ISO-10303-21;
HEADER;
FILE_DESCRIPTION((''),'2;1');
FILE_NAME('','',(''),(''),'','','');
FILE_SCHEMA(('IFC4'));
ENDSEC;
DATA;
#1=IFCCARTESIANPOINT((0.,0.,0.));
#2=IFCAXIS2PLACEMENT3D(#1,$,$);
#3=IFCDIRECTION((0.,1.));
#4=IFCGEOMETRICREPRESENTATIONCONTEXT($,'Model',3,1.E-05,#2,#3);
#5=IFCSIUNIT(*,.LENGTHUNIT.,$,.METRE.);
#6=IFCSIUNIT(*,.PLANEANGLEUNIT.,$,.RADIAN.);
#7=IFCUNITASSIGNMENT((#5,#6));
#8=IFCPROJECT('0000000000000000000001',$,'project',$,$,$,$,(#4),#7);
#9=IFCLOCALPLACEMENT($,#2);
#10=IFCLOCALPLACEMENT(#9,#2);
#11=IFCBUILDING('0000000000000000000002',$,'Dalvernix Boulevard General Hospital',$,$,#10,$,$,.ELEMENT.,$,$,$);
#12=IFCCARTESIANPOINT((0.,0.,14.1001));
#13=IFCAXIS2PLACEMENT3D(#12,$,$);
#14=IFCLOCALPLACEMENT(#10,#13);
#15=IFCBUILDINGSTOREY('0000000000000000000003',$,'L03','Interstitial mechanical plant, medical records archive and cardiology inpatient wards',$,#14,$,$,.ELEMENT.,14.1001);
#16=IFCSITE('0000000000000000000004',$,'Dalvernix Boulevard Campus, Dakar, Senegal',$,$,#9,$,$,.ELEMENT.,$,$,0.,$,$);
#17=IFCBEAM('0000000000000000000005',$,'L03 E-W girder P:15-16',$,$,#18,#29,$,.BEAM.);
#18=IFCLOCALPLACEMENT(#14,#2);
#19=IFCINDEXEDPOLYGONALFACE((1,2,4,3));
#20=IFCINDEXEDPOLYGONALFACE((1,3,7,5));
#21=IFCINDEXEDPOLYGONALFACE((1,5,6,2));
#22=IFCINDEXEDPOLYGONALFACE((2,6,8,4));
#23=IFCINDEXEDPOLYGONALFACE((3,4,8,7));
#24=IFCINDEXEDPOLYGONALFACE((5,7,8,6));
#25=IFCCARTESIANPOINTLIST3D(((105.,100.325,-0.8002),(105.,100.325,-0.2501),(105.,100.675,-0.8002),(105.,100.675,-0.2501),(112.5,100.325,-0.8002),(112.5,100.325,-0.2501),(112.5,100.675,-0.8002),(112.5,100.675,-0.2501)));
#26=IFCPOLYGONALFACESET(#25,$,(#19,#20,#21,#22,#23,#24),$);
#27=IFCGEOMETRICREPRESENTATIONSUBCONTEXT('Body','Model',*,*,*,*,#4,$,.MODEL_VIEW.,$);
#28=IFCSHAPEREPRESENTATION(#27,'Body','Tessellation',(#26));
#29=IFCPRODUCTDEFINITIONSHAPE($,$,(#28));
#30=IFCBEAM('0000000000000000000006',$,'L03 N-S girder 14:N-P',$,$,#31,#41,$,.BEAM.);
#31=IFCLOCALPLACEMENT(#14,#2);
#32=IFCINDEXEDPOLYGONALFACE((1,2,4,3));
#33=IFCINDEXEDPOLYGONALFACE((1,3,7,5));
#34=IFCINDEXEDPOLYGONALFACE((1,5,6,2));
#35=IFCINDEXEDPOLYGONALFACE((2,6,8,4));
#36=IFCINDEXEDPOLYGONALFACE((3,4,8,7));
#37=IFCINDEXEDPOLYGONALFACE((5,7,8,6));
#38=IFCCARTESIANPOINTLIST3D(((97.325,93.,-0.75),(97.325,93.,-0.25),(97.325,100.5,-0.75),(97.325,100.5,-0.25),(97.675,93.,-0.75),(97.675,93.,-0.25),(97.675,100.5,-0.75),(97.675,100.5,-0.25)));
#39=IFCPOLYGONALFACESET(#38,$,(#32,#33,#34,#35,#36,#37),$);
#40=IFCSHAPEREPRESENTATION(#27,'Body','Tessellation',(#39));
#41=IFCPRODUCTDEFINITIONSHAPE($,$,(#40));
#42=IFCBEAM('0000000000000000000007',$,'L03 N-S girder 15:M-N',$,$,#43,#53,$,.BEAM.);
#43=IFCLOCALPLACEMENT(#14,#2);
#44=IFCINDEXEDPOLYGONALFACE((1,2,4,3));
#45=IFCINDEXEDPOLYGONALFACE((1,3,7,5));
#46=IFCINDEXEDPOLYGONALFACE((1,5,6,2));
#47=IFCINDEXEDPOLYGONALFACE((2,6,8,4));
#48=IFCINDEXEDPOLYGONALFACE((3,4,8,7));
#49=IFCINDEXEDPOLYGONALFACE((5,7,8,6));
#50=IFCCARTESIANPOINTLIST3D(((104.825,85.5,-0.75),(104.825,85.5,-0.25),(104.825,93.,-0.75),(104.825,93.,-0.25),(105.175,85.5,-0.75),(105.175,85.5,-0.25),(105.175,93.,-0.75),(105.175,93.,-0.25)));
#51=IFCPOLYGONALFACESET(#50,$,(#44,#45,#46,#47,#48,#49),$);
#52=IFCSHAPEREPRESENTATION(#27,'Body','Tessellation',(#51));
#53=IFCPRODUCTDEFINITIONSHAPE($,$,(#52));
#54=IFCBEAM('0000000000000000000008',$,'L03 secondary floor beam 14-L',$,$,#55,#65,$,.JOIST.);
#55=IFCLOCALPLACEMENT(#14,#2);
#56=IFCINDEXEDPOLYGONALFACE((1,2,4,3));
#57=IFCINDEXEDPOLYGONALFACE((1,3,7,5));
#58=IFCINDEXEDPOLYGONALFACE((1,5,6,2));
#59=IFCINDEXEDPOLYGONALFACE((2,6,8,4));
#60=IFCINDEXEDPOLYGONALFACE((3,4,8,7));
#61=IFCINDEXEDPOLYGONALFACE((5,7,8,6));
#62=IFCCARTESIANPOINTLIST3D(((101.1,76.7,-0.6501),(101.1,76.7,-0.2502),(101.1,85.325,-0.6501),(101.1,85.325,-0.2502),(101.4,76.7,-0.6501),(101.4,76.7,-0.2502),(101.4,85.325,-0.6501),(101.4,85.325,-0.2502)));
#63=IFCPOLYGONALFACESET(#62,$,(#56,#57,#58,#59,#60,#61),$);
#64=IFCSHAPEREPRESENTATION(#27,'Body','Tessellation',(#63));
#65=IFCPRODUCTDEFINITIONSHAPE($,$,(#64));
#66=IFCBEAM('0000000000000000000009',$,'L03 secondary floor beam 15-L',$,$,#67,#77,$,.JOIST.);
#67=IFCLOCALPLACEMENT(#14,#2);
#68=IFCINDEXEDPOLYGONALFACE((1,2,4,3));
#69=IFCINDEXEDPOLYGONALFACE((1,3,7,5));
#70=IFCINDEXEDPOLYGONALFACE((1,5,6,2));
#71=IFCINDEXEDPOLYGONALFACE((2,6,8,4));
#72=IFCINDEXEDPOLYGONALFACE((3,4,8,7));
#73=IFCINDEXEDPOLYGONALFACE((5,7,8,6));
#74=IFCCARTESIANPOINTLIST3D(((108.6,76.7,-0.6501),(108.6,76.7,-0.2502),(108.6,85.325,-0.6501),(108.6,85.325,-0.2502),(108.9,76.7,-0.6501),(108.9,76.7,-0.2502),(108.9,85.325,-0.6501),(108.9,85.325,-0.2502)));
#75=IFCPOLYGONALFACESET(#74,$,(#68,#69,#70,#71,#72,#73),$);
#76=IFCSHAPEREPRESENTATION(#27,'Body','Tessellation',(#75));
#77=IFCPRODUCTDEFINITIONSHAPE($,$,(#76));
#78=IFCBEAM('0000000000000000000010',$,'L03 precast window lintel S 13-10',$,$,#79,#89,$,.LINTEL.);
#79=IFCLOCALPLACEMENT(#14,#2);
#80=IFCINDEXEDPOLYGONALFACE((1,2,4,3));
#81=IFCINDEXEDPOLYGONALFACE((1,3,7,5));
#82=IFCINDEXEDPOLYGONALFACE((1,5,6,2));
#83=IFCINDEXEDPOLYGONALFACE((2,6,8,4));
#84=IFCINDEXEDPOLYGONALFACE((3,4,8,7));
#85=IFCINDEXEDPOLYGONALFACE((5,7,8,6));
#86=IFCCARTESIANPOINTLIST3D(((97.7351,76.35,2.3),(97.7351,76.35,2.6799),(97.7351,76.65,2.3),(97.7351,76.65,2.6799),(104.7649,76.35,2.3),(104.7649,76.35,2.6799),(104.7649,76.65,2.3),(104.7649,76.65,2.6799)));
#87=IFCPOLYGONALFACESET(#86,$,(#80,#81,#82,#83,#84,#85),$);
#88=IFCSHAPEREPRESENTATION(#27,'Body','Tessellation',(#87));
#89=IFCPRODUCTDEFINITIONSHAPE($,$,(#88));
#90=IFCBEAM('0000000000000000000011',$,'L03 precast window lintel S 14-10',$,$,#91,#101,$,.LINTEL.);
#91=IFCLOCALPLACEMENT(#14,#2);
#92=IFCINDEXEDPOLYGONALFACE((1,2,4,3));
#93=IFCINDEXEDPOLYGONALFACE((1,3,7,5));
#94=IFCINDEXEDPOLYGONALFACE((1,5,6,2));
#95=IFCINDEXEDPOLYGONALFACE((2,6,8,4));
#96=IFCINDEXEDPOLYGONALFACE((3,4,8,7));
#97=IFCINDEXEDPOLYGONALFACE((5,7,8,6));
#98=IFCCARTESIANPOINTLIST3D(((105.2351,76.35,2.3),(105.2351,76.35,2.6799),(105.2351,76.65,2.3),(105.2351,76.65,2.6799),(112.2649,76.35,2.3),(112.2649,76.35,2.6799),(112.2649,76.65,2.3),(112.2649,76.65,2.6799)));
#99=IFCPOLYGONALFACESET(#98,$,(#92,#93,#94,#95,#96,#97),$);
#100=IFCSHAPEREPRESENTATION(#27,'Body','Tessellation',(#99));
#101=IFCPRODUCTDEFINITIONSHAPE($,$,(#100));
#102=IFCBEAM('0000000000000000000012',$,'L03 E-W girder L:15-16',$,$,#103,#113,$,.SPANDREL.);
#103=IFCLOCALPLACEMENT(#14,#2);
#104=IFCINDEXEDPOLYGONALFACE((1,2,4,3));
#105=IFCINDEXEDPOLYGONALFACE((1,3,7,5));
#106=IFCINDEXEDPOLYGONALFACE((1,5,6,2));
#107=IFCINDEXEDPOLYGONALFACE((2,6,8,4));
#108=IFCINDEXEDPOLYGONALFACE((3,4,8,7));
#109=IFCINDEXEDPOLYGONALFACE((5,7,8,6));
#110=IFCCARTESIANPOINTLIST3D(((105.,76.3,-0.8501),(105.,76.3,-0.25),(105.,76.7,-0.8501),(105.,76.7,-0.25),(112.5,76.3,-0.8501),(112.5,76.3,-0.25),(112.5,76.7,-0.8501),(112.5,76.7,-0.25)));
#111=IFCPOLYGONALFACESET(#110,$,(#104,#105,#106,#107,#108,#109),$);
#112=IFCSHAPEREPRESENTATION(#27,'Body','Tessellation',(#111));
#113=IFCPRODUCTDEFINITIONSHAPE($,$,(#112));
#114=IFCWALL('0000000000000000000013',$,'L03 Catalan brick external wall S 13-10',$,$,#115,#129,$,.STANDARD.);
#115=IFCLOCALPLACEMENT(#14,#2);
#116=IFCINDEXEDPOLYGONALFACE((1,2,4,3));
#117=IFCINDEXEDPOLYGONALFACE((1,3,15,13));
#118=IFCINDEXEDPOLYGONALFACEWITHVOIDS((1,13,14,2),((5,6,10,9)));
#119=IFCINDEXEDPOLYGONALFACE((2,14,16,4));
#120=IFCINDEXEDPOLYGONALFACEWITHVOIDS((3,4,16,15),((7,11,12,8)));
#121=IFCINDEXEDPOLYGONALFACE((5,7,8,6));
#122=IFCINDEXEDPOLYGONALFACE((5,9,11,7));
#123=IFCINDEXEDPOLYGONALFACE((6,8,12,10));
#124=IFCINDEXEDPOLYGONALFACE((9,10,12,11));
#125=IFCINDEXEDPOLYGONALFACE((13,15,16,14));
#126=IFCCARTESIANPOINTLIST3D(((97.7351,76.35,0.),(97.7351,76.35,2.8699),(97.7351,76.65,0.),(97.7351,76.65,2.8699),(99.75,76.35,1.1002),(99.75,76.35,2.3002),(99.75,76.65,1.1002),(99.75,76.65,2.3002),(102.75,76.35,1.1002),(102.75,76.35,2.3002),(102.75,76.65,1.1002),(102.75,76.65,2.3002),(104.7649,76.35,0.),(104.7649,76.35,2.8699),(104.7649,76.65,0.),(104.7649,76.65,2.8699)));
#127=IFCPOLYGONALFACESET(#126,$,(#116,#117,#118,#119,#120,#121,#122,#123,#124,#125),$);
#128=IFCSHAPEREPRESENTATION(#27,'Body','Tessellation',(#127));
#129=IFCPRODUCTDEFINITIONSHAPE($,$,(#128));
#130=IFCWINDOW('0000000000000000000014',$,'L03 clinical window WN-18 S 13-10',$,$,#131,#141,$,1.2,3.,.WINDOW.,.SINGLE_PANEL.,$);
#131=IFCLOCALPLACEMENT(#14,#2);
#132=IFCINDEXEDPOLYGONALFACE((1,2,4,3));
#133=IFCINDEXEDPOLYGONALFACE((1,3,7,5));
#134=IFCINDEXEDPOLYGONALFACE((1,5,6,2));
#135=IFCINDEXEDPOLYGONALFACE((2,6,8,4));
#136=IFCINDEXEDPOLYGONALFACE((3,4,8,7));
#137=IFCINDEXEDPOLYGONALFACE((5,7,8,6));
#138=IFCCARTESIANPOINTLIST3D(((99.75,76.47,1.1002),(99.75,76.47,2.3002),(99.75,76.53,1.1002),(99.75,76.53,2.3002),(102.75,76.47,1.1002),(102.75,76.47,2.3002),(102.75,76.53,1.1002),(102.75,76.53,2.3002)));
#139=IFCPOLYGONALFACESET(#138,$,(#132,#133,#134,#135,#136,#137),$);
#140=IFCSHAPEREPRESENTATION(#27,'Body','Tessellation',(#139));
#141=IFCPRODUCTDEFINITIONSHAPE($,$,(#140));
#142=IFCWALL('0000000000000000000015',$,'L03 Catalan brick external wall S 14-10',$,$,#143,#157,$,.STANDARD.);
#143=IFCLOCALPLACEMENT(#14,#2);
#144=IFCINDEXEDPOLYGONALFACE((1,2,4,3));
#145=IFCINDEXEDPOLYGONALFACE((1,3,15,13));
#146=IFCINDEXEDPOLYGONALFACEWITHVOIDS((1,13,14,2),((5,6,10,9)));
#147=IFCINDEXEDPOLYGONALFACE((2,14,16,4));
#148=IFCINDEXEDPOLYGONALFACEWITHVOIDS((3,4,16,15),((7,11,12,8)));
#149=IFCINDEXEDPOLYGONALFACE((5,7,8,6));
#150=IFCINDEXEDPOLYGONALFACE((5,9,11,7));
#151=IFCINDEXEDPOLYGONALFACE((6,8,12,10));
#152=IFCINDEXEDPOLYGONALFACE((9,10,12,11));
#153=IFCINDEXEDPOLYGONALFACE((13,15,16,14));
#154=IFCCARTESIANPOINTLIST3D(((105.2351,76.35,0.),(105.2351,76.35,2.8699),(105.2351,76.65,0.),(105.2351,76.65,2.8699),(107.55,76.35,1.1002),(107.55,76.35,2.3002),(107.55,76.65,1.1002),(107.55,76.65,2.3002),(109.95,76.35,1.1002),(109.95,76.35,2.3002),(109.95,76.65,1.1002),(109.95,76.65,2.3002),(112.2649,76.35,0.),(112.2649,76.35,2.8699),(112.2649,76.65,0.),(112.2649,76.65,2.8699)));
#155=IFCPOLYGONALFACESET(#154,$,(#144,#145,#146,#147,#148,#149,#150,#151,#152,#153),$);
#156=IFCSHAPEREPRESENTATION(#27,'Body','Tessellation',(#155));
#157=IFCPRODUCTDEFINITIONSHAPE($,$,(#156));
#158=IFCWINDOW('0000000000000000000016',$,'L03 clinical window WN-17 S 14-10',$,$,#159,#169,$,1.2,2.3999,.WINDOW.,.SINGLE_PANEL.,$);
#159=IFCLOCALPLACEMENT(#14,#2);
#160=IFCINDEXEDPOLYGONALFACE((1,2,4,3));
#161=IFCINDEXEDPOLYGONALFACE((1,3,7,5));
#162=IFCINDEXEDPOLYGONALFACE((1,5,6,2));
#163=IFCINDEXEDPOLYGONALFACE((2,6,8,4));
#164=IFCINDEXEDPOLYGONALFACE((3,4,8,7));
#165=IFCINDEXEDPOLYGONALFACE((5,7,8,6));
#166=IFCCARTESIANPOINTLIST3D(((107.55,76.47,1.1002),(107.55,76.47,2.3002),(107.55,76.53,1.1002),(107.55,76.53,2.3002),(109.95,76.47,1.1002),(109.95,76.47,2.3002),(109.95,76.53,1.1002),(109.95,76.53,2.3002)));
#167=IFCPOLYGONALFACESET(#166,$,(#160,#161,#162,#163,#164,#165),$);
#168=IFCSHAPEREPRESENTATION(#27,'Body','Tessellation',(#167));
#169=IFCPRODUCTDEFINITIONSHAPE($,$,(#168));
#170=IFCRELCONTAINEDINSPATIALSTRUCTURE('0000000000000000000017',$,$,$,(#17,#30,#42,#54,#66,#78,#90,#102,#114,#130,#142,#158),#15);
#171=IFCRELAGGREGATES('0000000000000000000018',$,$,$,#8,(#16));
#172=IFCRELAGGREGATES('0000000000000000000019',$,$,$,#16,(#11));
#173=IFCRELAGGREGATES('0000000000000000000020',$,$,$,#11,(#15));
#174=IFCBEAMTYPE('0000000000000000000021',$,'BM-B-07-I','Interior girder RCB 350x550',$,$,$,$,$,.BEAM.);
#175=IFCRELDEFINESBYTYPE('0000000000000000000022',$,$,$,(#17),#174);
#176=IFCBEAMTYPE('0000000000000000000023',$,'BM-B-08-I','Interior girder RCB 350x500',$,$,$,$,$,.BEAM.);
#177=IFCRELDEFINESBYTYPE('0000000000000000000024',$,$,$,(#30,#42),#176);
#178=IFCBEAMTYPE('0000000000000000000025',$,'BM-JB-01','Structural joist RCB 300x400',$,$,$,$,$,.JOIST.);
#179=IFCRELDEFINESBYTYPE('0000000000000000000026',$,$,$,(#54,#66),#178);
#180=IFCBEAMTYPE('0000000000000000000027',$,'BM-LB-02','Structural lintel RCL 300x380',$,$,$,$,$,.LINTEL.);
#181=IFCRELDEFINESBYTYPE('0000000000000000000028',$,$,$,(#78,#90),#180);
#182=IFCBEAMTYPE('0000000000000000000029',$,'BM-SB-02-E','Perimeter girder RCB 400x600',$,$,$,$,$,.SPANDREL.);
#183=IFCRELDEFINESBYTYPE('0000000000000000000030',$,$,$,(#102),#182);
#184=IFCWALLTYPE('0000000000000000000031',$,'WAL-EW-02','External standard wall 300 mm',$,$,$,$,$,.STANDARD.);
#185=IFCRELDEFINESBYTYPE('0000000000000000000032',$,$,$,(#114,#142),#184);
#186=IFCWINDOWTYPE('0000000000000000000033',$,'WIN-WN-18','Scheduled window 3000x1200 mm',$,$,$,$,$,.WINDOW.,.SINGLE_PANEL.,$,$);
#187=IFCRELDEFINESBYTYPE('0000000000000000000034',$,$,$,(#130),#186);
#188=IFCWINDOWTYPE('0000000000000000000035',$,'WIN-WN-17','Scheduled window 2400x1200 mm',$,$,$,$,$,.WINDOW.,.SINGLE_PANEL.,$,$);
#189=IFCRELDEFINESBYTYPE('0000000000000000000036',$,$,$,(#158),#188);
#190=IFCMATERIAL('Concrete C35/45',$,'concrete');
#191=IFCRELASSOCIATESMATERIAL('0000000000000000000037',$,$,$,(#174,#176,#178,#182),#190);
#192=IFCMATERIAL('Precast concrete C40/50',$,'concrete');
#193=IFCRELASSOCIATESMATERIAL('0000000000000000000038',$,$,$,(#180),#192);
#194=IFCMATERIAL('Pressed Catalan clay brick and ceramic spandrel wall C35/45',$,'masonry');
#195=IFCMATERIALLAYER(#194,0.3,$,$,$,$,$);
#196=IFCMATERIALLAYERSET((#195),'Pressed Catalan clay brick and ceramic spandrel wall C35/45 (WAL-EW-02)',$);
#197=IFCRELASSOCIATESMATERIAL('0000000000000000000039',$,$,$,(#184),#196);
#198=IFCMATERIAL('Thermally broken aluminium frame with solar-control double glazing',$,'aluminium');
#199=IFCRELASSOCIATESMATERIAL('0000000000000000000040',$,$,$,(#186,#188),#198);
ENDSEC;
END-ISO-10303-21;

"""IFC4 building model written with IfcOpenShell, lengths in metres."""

from ifc_helpers import new_model, si_unit, direction, frame, frame_2d, origin, origin_2d, place, context, subcontext, project, spatial, rectangle, extrude, material, layer, layer_set, material_profile, profile_set, type_object, element, fill, save


model = new_model("IFC4")

# Units and contexts
model_context = context("Model", 3, precision=1e-05, world=origin(), true_north=direction((0.0, 1.0)))
body_context = subcontext(model_context, "Body", "Model", "MODEL_VIEW")
ifc_project = project(units=[si_unit("LENGTHUNIT", "METRE"), si_unit("PLANEANGLEUNIT", "RADIAN")], contexts=[model_context])

# Site, building, storey
site_placement = place(None, origin())
site = spatial("IfcSite", under=ifc_project, at=site_placement, Name="Dalvernix Boulevard Campus, Dakar, Senegal", CompositionType="ELEMENT", RefElevation=0.0)
building_placement = place(site_placement, origin())
building = spatial("IfcBuilding", under=site, at=building_placement, Name="Dalvernix Boulevard General Hospital", CompositionType="ELEMENT")
storey_placement = place(building_placement, frame((0.0, 0.0, 14.1001)))
storey = spatial("IfcBuildingStorey", under=building, at=storey_placement, Name="L03", Description="Interstitial mechanical plant, medical records archive and cardiology inpatient wards", CompositionType="ELEMENT", Elevation=14.1001)

# Beams
ifc_material_1 = material(Name="Concrete C35/45", Category="concrete")
ifc_material_profile_1 = material_profile(ifc_material_1, rectangle(XDim=0.3501, YDim=0.55, at=origin_2d()), Name="RCB 350x550")
ifc_profile_set_1 = profile_set([ifc_material_profile_1], Name="Concrete C35/45")
beam_type_1 = type_object("IfcBeamType", Name="BM-B-07-I", Description="Interior girder RCB 350x550", PredefinedType="BEAM", material=ifc_profile_set_1)
for number, where, z_axis, x_axis, name in (
    (1, (105.0, 100.5, -0.5251), (1.0, 0.0, 0.0), (0.0, 1.0, 0.0), "L03 E-W girder P:15-16"),
):
    element("IfcBeam", number, at=place(storey_placement, frame(where, z_axis=z_axis, x_axis=x_axis)), inside=storey, type_object=beam_type_1, Name=name, PredefinedType="BEAM", context=body_context, shape_type="SweptSolid", body=[
        extrude(rectangle(XDim=0.3501, YDim=0.55, at=origin_2d()), origin(), (0.0, 0.0, 1.0), 7.5),
    ])
ifc_material_profile_2 = material_profile(ifc_material_1, rectangle(XDim=0.3501, YDim=0.5, at=origin_2d()), Name="RCB 350x500")
ifc_profile_set_2 = profile_set([ifc_material_profile_2], Name="Concrete C35/45")
beam_type_2 = type_object("IfcBeamType", Name="BM-B-08-I", Description="Interior girder RCB 350x500", PredefinedType="BEAM", material=ifc_profile_set_2)
for number, where, z_axis, x_axis, name in (
    (2, (97.5, 93.0, -0.5), (0.0, 1.0, 0.0), (-1.0, 0.0, 0.0), "L03 N-S girder 14:N-P"),
    (3, (105.0, 85.5, -0.5), (0.0, 1.0, 0.0), (-1.0, 0.0, 0.0), "L03 N-S girder 15:M-N"),
):
    element("IfcBeam", number, at=place(storey_placement, frame(where, z_axis=z_axis, x_axis=x_axis)), inside=storey, type_object=beam_type_2, Name=name, PredefinedType="BEAM", context=body_context, shape_type="SweptSolid", body=[
        extrude(rectangle(XDim=0.3501, YDim=0.5, at=origin_2d()), origin(), (0.0, 0.0, 1.0), 7.5),
    ])
ifc_material_profile_3 = material_profile(ifc_material_1, rectangle(XDim=0.3, YDim=0.3999, at=origin_2d()), Name="RCB 300x400")
ifc_profile_set_3 = profile_set([ifc_material_profile_3], Name="Concrete C35/45")
beam_type_3 = type_object("IfcBeamType", Name="BM-JB-01", Description="Structural joist RCB 300x400", PredefinedType="JOIST", material=ifc_profile_set_3)
for number, where, z_axis, x_axis, name in (
    (4, (101.25, 76.7, -0.4502), (0.0, 1.0, 0.0), (-1.0, 0.0, 0.0), "L03 secondary floor beam 14-L"),
    (5, (108.75, 76.7, -0.4502), (0.0, 1.0, 0.0), (-1.0, 0.0, 0.0), "L03 secondary floor beam 15-L"),
):
    element("IfcBeam", number, at=place(storey_placement, frame(where, z_axis=z_axis, x_axis=x_axis)), inside=storey, type_object=beam_type_3, Name=name, PredefinedType="JOIST", context=body_context, shape_type="SweptSolid", body=[
        extrude(rectangle(XDim=0.3, YDim=0.3999, at=origin_2d()), origin(), (0.0, 0.0, 1.0), 8.625),
    ])
ifc_material_2 = material(Name="Precast concrete C40/50", Category="concrete")
ifc_material_profile_4 = material_profile(ifc_material_2, rectangle(XDim=0.3, YDim=0.3799, at=origin_2d()), Name="RCL 300x380")
ifc_profile_set_4 = profile_set([ifc_material_profile_4], Name="Precast concrete C40/50")
beam_type_4 = type_object("IfcBeamType", Name="BM-LB-02", Description="Structural lintel RCL 300x380", PredefinedType="LINTEL", material=ifc_profile_set_4)
for number, where, z_axis, x_axis, name in (
    (6, (104.7649, 76.5, 2.49), (-1.0, 0.0, 0.0), (0.0, -1.0, 0.0), "L03 precast window lintel S 13-10"),
    (7, (112.2649, 76.5, 2.49), (-1.0, 0.0, 0.0), (0.0, -1.0, 0.0), "L03 precast window lintel S 14-10"),
):
    element("IfcBeam", number, at=place(storey_placement, frame(where, z_axis=z_axis, x_axis=x_axis)), inside=storey, type_object=beam_type_4, Name=name, PredefinedType="LINTEL", context=body_context, shape_type="SweptSolid", body=[
        extrude(rectangle(XDim=0.3, YDim=0.3799, at=origin_2d()), origin(), (0.0, 0.0, 1.0), 7.0298),
    ])
ifc_material_profile_5 = material_profile(ifc_material_1, rectangle(XDim=0.3999, YDim=0.6001, at=origin_2d()), Name="RCB 400x600")
ifc_profile_set_5 = profile_set([ifc_material_profile_5], Name="Concrete C35/45")
beam_type_5 = type_object("IfcBeamType", Name="BM-SB-02-E", Description="Perimeter girder RCB 400x600", PredefinedType="SPANDREL", material=ifc_profile_set_5)
beam_1_placement = place(storey_placement, frame((105.0, 76.5, -0.55), z_axis=(1.0, 0.0, 0.0), x_axis=(0.0, 1.0, 0.0)))
element("IfcBeam", 8, at=beam_1_placement, inside=storey, type_object=beam_type_5, Name="L03 E-W girder L:15-16", PredefinedType="SPANDREL", context=body_context, shape_type="SweptSolid", body=[
    extrude(rectangle(XDim=0.3999, YDim=0.6001, at=origin_2d()), origin(), (0.0, 0.0, 1.0), 7.5),
])

# Walls, openings, windows
ifc_material_3 = material(Name="Pressed Catalan clay brick and ceramic spandrel wall C35/45", Category="masonry")
ifc_layer_1 = layer(ifc_material_3, 0.3)
ifc_layer_set_1 = layer_set([ifc_layer_1], Name="Pressed Catalan clay brick and ceramic spandrel wall C35/45 (WAL-EW-02)")
wall_type_1 = type_object("IfcWallType", Name="WAL-EW-02", Description="External standard wall 300 mm", PredefinedType="STANDARD", material=ifc_layer_set_1)
wall_1_placement = place(storey_placement, frame((104.7649, 76.5, 0.0), z_axis=(0.0, 0.0, 1.0), x_axis=(-1.0, 0.0, 0.0)))
wall_1 = element("IfcWall", 9, at=wall_1_placement, inside=storey, type_object=wall_type_1, Name="L03 Catalan brick external wall S 13-10", PredefinedType="STANDARD", context=body_context, shape_type="SweptSolid", body=[
    extrude(rectangle(XDim=7.0298, YDim=0.3, at=frame_2d((3.5149, 0.0))), origin(), (0.0, 0.0, 1.0), 2.8699),
])
opening_1_placement = place(wall_1_placement, frame((2.0149, 0.0, 1.1001)))
opening_1 = element("IfcOpeningElement", 10, at=opening_1_placement, cuts=wall_1, PredefinedType="OPENING", context=body_context, shape_type="SweptSolid", body=[
    extrude(rectangle(XDim=3.0, YDim=1.2, at=frame_2d((1.5, 0.6001))), frame((0.0, 0.1599, 0.0), z_axis=(0.0, -1.0, 0.0), x_axis=(1.0, 0.0, 0.0)), (0.0, 0.0, 1.0), 0.3201),
])
ifc_material_4 = material(Name="Thermally broken aluminium frame with solar-control double glazing", Category="aluminium")
window_type_1 = type_object("IfcWindowType", Name="WIN-WN-18", Description="Scheduled window 3000x1200 mm", PartitioningType="SINGLE_PANEL", PredefinedType="WINDOW", material=ifc_material_4)
window_1_placement = place(opening_1_placement, origin())
window_1 = element("IfcWindow", 11, at=window_1_placement, inside=storey, type_object=window_type_1, Name="L03 clinical window WN-18 S 13-10", OverallHeight=1.2, OverallWidth=3.0, PartitioningType="SINGLE_PANEL", PredefinedType="WINDOW", context=body_context, shape_type="SweptSolid", body=[
    extrude(rectangle(XDim=3.0, YDim=1.2, at=frame_2d((1.5, 0.6001))), frame((0.0, 0.03, 0.0), z_axis=(0.0, -1.0, 0.0), x_axis=(1.0, 0.0, 0.0)), (0.0, 0.0, 1.0), 0.0601),
])
fill(opening_1, window_1)
wall_2_placement = place(storey_placement, frame((112.2649, 76.5, 0.0), z_axis=(0.0, 0.0, 1.0), x_axis=(-1.0, 0.0, 0.0)))
wall_2 = element("IfcWall", 12, at=wall_2_placement, inside=storey, type_object=wall_type_1, Name="L03 Catalan brick external wall S 14-10", PredefinedType="STANDARD", context=body_context, shape_type="SweptSolid", body=[
    extrude(rectangle(XDim=7.0298, YDim=0.3, at=frame_2d((3.5149, 0.0))), origin(), (0.0, 0.0, 1.0), 2.8699),
])
opening_2_placement = place(wall_2_placement, frame((2.3149, 0.0, 1.1001)))
opening_2 = element("IfcOpeningElement", 13, at=opening_2_placement, cuts=wall_2, PredefinedType="OPENING", context=body_context, shape_type="SweptSolid", body=[
    extrude(rectangle(XDim=2.3999, YDim=1.2, at=frame_2d((1.2, 0.6001))), frame((0.0, 0.1599, 0.0), z_axis=(0.0, -1.0, 0.0), x_axis=(1.0, 0.0, 0.0)), (0.0, 0.0, 1.0), 0.3201),
])
window_type_2 = type_object("IfcWindowType", Name="WIN-WN-17", Description="Scheduled window 2400x1200 mm", PartitioningType="SINGLE_PANEL", PredefinedType="WINDOW", material=ifc_material_4)
window_2_placement = place(opening_2_placement, origin())
window_2 = element("IfcWindow", 14, at=window_2_placement, inside=storey, type_object=window_type_2, Name="L03 clinical window WN-17 S 14-10", OverallHeight=1.2, OverallWidth=2.3999, PartitioningType="SINGLE_PANEL", PredefinedType="WINDOW", context=body_context, shape_type="SweptSolid", body=[
    extrude(rectangle(XDim=2.3999, YDim=1.2, at=frame_2d((1.2, 0.6001))), frame((0.0, 0.03, 0.0), z_axis=(0.0, -1.0, 0.0), x_axis=(1.0, 0.0, 0.0)), (0.0, 0.0, 1.0), 0.0601),
])
fill(opening_2, window_2)

save(model, "model.ifc")
